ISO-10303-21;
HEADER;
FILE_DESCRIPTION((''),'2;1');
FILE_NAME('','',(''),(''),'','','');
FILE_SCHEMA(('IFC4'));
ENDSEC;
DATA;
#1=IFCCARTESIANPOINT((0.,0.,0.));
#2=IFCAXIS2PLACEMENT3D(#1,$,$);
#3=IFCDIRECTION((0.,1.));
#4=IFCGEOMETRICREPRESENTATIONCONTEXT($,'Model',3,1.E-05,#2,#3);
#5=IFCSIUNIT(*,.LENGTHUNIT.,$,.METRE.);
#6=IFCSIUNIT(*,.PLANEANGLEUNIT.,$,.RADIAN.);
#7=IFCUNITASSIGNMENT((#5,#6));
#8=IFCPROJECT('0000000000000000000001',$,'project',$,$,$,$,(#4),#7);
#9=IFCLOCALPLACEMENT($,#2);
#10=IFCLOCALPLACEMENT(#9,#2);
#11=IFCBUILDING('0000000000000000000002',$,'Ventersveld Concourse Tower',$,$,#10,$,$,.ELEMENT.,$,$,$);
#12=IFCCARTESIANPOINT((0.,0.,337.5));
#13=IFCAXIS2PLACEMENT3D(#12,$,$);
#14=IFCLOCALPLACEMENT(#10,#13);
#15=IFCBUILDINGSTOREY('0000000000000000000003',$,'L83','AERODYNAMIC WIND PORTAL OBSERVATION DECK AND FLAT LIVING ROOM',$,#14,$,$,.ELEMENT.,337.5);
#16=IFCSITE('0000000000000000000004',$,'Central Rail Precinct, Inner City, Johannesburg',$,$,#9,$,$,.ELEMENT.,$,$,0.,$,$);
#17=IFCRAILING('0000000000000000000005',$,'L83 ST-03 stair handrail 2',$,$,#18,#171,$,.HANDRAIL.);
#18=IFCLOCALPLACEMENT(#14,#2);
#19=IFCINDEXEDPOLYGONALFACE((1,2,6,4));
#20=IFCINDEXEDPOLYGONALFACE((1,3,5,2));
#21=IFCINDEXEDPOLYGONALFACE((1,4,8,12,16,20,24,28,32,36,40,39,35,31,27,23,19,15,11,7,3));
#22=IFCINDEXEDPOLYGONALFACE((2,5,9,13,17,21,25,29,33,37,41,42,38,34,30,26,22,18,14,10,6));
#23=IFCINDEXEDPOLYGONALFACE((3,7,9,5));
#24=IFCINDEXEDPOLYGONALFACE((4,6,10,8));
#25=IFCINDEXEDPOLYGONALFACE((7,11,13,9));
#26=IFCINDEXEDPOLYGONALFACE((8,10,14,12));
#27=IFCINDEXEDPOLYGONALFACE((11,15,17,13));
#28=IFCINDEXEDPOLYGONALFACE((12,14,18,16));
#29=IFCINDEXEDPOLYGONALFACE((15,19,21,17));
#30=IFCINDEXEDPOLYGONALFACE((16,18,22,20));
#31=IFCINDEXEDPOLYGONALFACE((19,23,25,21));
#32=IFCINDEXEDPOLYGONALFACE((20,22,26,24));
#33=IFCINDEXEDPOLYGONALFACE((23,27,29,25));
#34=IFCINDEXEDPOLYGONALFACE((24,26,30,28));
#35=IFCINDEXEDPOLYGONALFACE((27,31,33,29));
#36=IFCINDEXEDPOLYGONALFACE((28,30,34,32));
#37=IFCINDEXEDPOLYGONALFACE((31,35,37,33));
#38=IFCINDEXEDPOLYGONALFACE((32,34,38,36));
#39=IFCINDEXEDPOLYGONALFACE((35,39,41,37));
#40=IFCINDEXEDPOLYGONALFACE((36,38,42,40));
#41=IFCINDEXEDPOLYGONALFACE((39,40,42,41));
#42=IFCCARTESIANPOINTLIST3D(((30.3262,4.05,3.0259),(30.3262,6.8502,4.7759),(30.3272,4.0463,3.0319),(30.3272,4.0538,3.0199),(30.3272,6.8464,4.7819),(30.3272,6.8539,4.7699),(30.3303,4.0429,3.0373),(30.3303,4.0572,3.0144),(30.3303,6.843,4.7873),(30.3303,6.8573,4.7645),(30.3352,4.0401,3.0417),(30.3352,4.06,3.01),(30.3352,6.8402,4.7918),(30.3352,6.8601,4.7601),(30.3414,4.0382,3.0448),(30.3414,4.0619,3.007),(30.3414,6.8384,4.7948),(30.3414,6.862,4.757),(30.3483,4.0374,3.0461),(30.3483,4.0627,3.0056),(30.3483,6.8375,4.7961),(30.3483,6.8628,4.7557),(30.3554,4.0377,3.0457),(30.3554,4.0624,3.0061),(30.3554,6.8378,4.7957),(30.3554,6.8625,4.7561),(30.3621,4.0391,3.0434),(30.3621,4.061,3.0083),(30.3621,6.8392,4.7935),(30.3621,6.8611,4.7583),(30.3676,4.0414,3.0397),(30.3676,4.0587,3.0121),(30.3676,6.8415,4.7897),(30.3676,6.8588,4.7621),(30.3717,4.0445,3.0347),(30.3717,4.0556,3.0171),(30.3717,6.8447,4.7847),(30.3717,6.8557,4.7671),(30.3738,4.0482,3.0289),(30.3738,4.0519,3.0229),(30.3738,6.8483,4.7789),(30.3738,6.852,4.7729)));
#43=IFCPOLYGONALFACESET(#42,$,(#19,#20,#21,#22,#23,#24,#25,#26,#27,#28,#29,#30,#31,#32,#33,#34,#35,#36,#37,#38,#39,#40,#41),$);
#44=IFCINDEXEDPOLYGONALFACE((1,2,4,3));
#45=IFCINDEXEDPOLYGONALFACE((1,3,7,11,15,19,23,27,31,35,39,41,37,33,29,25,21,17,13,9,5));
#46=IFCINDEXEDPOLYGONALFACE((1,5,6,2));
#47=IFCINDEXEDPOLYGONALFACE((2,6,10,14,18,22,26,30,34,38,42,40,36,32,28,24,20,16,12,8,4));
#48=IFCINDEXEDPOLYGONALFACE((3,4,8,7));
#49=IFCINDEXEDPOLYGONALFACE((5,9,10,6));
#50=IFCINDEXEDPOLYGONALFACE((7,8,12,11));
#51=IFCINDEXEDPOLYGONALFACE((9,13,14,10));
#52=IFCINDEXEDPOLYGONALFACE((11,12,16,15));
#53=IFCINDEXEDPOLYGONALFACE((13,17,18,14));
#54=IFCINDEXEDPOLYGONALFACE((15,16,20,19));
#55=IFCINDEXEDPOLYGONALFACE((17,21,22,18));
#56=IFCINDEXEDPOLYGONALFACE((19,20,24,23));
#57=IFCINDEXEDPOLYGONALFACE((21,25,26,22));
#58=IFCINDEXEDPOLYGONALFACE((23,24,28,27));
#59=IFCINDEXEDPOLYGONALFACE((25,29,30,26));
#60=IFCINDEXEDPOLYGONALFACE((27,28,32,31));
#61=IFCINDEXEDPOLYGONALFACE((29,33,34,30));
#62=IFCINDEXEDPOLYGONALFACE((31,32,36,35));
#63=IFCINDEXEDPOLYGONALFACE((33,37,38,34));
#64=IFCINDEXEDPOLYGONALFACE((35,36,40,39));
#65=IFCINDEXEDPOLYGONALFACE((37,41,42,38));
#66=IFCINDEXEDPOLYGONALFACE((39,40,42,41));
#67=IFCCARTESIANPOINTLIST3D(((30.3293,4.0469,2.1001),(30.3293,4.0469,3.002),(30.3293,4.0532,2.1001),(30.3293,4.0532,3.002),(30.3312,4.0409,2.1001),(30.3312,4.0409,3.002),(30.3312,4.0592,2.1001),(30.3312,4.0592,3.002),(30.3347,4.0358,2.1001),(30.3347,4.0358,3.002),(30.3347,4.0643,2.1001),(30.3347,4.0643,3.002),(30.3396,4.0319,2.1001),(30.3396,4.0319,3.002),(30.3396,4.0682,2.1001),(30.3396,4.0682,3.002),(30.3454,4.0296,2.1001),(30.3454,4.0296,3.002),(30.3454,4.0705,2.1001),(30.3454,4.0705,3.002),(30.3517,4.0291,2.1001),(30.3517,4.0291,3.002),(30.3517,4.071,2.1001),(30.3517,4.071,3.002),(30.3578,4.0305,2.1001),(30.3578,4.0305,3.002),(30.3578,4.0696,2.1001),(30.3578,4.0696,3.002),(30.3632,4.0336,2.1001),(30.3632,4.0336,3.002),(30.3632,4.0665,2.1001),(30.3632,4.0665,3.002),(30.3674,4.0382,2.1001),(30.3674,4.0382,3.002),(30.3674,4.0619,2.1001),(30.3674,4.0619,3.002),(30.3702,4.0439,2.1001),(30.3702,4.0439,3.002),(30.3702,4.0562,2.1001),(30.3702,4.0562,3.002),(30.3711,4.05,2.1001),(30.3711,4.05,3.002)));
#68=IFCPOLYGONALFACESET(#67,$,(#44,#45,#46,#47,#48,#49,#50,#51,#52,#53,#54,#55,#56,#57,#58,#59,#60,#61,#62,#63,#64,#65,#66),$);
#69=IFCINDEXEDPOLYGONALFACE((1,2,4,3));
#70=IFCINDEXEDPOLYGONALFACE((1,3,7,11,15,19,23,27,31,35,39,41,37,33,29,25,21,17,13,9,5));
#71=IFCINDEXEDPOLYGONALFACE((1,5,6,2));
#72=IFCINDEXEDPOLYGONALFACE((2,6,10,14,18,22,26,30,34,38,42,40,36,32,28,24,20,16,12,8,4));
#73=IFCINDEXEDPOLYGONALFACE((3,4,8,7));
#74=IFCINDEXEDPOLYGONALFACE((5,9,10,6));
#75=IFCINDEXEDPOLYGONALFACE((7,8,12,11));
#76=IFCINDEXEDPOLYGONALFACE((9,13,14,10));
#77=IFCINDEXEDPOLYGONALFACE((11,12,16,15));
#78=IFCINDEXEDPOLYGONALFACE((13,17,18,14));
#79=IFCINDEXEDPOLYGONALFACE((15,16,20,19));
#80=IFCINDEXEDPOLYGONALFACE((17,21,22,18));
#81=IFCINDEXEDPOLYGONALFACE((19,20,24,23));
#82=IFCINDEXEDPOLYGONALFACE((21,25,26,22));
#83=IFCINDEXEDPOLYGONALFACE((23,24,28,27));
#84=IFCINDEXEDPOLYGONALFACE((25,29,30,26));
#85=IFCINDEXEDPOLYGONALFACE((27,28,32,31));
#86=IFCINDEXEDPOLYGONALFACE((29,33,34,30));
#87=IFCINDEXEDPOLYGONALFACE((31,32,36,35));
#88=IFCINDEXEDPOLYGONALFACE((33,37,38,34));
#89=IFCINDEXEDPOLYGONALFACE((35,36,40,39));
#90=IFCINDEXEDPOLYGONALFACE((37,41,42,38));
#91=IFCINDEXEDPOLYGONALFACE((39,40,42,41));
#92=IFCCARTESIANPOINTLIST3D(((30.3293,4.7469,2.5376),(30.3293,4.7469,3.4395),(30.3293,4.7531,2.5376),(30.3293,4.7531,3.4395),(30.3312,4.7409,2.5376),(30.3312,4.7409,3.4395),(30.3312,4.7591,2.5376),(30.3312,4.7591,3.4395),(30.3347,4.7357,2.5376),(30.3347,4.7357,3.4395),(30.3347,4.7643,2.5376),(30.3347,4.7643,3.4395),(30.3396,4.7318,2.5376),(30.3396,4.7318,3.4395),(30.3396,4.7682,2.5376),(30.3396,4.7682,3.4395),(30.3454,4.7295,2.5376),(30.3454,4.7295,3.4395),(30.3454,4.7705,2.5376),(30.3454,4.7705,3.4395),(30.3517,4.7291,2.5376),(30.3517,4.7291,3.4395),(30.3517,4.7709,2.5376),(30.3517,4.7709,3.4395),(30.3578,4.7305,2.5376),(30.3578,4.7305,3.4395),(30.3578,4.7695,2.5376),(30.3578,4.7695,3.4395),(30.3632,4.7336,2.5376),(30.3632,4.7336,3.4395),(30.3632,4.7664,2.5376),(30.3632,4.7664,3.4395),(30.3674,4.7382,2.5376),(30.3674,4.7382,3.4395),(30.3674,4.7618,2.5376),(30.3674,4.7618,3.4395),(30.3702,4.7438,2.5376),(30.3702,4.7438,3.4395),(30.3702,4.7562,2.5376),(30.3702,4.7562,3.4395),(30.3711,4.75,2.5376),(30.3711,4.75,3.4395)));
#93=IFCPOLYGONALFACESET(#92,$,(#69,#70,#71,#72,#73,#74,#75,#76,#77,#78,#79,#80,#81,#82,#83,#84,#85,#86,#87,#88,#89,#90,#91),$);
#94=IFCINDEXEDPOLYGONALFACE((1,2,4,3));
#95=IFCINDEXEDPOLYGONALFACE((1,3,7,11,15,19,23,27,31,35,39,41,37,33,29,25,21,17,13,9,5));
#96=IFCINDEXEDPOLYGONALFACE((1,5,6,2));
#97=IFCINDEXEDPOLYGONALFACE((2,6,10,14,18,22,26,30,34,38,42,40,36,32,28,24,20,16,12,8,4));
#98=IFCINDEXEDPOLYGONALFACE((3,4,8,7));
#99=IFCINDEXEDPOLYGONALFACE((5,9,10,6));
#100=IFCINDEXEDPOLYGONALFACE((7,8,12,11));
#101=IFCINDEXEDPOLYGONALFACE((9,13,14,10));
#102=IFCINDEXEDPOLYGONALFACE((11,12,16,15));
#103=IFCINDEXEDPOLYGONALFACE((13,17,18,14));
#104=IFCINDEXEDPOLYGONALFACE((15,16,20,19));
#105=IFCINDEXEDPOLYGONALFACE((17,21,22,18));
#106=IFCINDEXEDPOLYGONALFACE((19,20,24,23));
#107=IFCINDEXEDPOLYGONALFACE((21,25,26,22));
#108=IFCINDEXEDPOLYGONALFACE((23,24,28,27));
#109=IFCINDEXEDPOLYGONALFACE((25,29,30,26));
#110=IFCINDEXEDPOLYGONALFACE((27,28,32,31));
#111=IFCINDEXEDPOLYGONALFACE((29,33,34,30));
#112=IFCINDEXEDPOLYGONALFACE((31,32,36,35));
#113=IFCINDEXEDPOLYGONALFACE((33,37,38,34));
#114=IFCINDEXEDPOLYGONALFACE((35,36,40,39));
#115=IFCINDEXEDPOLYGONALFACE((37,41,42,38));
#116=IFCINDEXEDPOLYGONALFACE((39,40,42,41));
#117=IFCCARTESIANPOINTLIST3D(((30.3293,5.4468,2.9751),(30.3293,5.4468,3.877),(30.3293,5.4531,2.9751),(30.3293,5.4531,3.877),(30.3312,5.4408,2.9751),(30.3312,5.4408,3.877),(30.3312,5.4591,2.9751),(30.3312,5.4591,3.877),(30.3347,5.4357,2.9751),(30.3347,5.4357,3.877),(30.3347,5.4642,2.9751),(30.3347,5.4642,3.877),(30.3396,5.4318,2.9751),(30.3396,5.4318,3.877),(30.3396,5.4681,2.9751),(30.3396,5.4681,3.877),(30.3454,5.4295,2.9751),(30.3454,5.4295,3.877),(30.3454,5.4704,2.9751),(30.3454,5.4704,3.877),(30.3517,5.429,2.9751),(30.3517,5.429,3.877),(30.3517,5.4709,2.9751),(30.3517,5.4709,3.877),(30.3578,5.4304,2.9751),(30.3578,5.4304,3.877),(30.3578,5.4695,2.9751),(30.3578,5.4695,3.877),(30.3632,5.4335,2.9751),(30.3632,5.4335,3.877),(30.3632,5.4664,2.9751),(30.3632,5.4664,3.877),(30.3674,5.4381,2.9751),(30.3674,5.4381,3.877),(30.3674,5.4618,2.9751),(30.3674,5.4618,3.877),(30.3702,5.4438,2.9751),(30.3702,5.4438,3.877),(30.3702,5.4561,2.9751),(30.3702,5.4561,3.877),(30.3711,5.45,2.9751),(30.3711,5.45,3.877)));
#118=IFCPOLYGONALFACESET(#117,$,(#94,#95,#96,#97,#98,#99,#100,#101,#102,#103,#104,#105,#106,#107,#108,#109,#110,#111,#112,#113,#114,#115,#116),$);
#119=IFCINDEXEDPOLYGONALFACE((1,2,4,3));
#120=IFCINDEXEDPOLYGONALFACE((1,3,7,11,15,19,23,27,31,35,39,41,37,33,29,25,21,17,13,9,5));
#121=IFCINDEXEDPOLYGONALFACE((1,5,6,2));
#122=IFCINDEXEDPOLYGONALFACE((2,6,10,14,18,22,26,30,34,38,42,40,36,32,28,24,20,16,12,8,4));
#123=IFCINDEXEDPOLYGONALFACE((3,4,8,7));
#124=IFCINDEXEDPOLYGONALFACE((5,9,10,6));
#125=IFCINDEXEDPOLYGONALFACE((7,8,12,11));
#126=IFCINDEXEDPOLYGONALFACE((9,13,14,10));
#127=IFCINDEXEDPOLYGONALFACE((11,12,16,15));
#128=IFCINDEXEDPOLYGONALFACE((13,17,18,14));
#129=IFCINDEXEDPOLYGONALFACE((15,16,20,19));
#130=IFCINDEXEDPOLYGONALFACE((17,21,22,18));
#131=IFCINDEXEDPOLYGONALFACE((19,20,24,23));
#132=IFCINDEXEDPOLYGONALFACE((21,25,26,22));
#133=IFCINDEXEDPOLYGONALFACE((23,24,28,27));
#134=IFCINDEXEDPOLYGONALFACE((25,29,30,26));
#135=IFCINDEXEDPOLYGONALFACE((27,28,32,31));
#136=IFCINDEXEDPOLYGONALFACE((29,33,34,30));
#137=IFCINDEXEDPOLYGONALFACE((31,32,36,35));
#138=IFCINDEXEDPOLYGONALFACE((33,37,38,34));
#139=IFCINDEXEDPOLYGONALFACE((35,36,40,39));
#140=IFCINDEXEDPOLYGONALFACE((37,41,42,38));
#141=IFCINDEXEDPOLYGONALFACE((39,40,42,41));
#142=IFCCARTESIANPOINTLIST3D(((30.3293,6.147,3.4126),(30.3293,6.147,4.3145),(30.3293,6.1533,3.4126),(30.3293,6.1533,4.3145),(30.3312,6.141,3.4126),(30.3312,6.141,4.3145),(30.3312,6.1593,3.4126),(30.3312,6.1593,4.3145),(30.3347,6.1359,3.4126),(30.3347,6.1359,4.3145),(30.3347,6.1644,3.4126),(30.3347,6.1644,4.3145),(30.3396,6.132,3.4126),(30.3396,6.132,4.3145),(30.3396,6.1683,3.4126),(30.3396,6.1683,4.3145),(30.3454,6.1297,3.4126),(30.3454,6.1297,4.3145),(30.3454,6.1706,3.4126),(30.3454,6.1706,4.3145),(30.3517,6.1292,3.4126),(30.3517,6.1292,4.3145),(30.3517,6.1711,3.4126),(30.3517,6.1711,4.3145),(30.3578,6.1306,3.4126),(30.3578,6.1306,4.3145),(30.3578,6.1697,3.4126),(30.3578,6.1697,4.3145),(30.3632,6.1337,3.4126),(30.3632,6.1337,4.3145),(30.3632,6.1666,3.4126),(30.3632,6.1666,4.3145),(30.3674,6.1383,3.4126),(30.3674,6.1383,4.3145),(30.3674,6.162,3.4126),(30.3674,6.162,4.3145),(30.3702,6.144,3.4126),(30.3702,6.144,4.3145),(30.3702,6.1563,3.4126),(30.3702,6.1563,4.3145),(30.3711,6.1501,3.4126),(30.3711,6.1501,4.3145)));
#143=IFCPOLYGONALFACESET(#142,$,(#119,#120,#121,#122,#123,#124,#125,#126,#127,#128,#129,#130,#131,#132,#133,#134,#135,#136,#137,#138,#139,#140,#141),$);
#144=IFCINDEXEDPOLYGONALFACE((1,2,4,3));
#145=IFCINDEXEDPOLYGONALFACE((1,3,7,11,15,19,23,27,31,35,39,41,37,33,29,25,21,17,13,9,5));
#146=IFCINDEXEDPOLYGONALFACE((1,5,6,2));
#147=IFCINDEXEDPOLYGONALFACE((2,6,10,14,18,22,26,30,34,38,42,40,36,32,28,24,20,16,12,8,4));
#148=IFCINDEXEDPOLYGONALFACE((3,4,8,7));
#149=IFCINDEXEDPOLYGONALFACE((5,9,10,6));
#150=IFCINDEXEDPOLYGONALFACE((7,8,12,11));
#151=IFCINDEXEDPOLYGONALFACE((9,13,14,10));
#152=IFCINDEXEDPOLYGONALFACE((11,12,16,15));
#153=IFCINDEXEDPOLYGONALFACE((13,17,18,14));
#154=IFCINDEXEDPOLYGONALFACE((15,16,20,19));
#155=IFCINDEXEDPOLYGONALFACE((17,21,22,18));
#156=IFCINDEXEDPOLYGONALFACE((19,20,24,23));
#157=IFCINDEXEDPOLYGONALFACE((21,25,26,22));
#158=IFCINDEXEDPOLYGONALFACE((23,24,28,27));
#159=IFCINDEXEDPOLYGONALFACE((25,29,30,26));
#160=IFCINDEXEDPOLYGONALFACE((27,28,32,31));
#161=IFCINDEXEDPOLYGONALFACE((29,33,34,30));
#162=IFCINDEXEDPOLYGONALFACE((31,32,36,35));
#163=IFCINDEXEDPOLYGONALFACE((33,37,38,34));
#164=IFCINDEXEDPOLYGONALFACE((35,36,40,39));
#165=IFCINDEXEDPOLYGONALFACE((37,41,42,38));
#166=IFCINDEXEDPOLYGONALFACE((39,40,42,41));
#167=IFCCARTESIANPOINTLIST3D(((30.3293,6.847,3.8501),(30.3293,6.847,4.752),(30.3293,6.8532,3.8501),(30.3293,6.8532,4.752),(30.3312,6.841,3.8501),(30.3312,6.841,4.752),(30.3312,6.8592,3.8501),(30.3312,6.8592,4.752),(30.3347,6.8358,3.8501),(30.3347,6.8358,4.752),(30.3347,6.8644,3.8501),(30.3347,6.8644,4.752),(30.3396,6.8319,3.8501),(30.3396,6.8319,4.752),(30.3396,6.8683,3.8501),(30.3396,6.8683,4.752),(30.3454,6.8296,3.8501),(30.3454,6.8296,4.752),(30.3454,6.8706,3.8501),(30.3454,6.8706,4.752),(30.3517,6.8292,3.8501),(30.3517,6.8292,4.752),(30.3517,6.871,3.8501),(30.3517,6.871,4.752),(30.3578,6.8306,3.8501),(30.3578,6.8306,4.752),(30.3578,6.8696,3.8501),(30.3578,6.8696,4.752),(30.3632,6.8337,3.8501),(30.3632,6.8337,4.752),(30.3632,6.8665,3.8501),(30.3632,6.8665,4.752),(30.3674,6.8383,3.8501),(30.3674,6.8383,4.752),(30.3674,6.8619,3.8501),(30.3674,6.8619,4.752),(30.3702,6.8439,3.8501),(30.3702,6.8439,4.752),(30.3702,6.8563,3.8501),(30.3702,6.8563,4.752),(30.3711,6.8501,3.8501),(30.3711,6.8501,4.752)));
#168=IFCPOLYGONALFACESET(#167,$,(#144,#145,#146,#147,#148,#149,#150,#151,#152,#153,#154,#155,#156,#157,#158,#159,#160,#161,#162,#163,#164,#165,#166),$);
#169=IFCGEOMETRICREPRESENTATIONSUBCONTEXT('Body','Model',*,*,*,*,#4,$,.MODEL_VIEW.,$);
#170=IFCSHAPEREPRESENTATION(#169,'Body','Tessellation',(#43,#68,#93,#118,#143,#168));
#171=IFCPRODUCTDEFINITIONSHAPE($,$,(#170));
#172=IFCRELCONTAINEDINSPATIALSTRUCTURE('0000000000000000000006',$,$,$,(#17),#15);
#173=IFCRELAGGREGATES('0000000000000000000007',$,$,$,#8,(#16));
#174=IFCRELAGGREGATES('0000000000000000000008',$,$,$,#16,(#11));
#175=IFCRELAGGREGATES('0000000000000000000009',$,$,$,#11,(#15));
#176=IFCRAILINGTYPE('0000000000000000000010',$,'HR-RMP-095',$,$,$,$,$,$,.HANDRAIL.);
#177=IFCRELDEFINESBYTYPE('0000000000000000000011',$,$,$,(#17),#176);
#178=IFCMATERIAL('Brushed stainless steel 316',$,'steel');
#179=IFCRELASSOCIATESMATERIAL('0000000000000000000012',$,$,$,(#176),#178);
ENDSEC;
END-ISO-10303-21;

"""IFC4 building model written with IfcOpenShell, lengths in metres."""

from ifc_helpers import new_model, si_unit, direction, frame, origin, origin_2d, place, context, subcontext, project, spatial, circle, extrude, material, type_object, element, save


model = new_model("IFC4")

# Units and contexts
model_context = context("Model", 3, precision=1e-05, world=origin(), true_north=direction((0.0, 1.0)))
body_context = subcontext(model_context, "Body", "Model", "MODEL_VIEW")
ifc_project = project(units=[si_unit("LENGTHUNIT", "METRE"), si_unit("PLANEANGLEUNIT", "RADIAN")], contexts=[model_context])

# Site, building, storey
site_placement = place(None, origin())
site = spatial("IfcSite", under=ifc_project, at=site_placement, Name="Central Rail Precinct, Inner City, Johannesburg", CompositionType="ELEMENT", RefElevation=0.0)
building_placement = place(site_placement, origin())
building = spatial("IfcBuilding", under=site, at=building_placement, Name="Ventersveld Concourse Tower", CompositionType="ELEMENT")
storey_placement = place(building_placement, frame((0.0, 0.0, 337.5)))
storey = spatial("IfcBuildingStorey", under=building, at=storey_placement, Name="L83", Description="AERODYNAMIC WIND PORTAL OBSERVATION DECK AND FLAT LIVING ROOM", CompositionType="ELEMENT", Elevation=337.5)

# Railing
ifc_material_1 = material(Name="Brushed stainless steel 316", Category="steel")
railing_type_1 = type_object("IfcRailingType", Name="HR-RMP-095", PredefinedType="HANDRAIL", material=ifc_material_1)
railing_1_placement = place(storey_placement, frame((30.3501, 4.05, 2.1001)))
element("IfcRailing", 1, at=railing_1_placement, inside=storey, type_object=railing_type_1, Name="L83 ST-03 stair handrail 2", PredefinedType="HANDRAIL", context=body_context, shape_type="SweptSolid", body=[
    extrude(circle(Radius=0.0239, at=origin_2d()), frame((0.0, 0.0, 0.9258), z_axis=(0.0, 0.848002, 0.529992), x_axis=(-1.0, 0.0, 0.0)), (0.0, 0.0, 1.0), 3.302),
    extrude(circle(Radius=0.021, at=origin_2d()), origin(), (0.0, 0.0, 1.0), 0.9019),
    extrude(circle(Radius=0.021, at=origin_2d()), frame((0.0, 0.7, 0.4375)), (0.0, 0.0, 1.0), 0.9019),
    extrude(circle(Radius=0.021, at=origin_2d()), frame((0.0, 1.3999, 0.875)), (0.0, 0.0, 1.0), 0.9019),
    extrude(circle(Radius=0.021, at=origin_2d()), frame((0.0, 2.1001, 1.3125)), (0.0, 0.0, 1.0), 0.9019),
    extrude(circle(Radius=0.021, at=origin_2d()), frame((0.0, 2.8, 1.75)), (0.0, 0.0, 1.0), 0.9019),
])

save(model, "model.ifc")
